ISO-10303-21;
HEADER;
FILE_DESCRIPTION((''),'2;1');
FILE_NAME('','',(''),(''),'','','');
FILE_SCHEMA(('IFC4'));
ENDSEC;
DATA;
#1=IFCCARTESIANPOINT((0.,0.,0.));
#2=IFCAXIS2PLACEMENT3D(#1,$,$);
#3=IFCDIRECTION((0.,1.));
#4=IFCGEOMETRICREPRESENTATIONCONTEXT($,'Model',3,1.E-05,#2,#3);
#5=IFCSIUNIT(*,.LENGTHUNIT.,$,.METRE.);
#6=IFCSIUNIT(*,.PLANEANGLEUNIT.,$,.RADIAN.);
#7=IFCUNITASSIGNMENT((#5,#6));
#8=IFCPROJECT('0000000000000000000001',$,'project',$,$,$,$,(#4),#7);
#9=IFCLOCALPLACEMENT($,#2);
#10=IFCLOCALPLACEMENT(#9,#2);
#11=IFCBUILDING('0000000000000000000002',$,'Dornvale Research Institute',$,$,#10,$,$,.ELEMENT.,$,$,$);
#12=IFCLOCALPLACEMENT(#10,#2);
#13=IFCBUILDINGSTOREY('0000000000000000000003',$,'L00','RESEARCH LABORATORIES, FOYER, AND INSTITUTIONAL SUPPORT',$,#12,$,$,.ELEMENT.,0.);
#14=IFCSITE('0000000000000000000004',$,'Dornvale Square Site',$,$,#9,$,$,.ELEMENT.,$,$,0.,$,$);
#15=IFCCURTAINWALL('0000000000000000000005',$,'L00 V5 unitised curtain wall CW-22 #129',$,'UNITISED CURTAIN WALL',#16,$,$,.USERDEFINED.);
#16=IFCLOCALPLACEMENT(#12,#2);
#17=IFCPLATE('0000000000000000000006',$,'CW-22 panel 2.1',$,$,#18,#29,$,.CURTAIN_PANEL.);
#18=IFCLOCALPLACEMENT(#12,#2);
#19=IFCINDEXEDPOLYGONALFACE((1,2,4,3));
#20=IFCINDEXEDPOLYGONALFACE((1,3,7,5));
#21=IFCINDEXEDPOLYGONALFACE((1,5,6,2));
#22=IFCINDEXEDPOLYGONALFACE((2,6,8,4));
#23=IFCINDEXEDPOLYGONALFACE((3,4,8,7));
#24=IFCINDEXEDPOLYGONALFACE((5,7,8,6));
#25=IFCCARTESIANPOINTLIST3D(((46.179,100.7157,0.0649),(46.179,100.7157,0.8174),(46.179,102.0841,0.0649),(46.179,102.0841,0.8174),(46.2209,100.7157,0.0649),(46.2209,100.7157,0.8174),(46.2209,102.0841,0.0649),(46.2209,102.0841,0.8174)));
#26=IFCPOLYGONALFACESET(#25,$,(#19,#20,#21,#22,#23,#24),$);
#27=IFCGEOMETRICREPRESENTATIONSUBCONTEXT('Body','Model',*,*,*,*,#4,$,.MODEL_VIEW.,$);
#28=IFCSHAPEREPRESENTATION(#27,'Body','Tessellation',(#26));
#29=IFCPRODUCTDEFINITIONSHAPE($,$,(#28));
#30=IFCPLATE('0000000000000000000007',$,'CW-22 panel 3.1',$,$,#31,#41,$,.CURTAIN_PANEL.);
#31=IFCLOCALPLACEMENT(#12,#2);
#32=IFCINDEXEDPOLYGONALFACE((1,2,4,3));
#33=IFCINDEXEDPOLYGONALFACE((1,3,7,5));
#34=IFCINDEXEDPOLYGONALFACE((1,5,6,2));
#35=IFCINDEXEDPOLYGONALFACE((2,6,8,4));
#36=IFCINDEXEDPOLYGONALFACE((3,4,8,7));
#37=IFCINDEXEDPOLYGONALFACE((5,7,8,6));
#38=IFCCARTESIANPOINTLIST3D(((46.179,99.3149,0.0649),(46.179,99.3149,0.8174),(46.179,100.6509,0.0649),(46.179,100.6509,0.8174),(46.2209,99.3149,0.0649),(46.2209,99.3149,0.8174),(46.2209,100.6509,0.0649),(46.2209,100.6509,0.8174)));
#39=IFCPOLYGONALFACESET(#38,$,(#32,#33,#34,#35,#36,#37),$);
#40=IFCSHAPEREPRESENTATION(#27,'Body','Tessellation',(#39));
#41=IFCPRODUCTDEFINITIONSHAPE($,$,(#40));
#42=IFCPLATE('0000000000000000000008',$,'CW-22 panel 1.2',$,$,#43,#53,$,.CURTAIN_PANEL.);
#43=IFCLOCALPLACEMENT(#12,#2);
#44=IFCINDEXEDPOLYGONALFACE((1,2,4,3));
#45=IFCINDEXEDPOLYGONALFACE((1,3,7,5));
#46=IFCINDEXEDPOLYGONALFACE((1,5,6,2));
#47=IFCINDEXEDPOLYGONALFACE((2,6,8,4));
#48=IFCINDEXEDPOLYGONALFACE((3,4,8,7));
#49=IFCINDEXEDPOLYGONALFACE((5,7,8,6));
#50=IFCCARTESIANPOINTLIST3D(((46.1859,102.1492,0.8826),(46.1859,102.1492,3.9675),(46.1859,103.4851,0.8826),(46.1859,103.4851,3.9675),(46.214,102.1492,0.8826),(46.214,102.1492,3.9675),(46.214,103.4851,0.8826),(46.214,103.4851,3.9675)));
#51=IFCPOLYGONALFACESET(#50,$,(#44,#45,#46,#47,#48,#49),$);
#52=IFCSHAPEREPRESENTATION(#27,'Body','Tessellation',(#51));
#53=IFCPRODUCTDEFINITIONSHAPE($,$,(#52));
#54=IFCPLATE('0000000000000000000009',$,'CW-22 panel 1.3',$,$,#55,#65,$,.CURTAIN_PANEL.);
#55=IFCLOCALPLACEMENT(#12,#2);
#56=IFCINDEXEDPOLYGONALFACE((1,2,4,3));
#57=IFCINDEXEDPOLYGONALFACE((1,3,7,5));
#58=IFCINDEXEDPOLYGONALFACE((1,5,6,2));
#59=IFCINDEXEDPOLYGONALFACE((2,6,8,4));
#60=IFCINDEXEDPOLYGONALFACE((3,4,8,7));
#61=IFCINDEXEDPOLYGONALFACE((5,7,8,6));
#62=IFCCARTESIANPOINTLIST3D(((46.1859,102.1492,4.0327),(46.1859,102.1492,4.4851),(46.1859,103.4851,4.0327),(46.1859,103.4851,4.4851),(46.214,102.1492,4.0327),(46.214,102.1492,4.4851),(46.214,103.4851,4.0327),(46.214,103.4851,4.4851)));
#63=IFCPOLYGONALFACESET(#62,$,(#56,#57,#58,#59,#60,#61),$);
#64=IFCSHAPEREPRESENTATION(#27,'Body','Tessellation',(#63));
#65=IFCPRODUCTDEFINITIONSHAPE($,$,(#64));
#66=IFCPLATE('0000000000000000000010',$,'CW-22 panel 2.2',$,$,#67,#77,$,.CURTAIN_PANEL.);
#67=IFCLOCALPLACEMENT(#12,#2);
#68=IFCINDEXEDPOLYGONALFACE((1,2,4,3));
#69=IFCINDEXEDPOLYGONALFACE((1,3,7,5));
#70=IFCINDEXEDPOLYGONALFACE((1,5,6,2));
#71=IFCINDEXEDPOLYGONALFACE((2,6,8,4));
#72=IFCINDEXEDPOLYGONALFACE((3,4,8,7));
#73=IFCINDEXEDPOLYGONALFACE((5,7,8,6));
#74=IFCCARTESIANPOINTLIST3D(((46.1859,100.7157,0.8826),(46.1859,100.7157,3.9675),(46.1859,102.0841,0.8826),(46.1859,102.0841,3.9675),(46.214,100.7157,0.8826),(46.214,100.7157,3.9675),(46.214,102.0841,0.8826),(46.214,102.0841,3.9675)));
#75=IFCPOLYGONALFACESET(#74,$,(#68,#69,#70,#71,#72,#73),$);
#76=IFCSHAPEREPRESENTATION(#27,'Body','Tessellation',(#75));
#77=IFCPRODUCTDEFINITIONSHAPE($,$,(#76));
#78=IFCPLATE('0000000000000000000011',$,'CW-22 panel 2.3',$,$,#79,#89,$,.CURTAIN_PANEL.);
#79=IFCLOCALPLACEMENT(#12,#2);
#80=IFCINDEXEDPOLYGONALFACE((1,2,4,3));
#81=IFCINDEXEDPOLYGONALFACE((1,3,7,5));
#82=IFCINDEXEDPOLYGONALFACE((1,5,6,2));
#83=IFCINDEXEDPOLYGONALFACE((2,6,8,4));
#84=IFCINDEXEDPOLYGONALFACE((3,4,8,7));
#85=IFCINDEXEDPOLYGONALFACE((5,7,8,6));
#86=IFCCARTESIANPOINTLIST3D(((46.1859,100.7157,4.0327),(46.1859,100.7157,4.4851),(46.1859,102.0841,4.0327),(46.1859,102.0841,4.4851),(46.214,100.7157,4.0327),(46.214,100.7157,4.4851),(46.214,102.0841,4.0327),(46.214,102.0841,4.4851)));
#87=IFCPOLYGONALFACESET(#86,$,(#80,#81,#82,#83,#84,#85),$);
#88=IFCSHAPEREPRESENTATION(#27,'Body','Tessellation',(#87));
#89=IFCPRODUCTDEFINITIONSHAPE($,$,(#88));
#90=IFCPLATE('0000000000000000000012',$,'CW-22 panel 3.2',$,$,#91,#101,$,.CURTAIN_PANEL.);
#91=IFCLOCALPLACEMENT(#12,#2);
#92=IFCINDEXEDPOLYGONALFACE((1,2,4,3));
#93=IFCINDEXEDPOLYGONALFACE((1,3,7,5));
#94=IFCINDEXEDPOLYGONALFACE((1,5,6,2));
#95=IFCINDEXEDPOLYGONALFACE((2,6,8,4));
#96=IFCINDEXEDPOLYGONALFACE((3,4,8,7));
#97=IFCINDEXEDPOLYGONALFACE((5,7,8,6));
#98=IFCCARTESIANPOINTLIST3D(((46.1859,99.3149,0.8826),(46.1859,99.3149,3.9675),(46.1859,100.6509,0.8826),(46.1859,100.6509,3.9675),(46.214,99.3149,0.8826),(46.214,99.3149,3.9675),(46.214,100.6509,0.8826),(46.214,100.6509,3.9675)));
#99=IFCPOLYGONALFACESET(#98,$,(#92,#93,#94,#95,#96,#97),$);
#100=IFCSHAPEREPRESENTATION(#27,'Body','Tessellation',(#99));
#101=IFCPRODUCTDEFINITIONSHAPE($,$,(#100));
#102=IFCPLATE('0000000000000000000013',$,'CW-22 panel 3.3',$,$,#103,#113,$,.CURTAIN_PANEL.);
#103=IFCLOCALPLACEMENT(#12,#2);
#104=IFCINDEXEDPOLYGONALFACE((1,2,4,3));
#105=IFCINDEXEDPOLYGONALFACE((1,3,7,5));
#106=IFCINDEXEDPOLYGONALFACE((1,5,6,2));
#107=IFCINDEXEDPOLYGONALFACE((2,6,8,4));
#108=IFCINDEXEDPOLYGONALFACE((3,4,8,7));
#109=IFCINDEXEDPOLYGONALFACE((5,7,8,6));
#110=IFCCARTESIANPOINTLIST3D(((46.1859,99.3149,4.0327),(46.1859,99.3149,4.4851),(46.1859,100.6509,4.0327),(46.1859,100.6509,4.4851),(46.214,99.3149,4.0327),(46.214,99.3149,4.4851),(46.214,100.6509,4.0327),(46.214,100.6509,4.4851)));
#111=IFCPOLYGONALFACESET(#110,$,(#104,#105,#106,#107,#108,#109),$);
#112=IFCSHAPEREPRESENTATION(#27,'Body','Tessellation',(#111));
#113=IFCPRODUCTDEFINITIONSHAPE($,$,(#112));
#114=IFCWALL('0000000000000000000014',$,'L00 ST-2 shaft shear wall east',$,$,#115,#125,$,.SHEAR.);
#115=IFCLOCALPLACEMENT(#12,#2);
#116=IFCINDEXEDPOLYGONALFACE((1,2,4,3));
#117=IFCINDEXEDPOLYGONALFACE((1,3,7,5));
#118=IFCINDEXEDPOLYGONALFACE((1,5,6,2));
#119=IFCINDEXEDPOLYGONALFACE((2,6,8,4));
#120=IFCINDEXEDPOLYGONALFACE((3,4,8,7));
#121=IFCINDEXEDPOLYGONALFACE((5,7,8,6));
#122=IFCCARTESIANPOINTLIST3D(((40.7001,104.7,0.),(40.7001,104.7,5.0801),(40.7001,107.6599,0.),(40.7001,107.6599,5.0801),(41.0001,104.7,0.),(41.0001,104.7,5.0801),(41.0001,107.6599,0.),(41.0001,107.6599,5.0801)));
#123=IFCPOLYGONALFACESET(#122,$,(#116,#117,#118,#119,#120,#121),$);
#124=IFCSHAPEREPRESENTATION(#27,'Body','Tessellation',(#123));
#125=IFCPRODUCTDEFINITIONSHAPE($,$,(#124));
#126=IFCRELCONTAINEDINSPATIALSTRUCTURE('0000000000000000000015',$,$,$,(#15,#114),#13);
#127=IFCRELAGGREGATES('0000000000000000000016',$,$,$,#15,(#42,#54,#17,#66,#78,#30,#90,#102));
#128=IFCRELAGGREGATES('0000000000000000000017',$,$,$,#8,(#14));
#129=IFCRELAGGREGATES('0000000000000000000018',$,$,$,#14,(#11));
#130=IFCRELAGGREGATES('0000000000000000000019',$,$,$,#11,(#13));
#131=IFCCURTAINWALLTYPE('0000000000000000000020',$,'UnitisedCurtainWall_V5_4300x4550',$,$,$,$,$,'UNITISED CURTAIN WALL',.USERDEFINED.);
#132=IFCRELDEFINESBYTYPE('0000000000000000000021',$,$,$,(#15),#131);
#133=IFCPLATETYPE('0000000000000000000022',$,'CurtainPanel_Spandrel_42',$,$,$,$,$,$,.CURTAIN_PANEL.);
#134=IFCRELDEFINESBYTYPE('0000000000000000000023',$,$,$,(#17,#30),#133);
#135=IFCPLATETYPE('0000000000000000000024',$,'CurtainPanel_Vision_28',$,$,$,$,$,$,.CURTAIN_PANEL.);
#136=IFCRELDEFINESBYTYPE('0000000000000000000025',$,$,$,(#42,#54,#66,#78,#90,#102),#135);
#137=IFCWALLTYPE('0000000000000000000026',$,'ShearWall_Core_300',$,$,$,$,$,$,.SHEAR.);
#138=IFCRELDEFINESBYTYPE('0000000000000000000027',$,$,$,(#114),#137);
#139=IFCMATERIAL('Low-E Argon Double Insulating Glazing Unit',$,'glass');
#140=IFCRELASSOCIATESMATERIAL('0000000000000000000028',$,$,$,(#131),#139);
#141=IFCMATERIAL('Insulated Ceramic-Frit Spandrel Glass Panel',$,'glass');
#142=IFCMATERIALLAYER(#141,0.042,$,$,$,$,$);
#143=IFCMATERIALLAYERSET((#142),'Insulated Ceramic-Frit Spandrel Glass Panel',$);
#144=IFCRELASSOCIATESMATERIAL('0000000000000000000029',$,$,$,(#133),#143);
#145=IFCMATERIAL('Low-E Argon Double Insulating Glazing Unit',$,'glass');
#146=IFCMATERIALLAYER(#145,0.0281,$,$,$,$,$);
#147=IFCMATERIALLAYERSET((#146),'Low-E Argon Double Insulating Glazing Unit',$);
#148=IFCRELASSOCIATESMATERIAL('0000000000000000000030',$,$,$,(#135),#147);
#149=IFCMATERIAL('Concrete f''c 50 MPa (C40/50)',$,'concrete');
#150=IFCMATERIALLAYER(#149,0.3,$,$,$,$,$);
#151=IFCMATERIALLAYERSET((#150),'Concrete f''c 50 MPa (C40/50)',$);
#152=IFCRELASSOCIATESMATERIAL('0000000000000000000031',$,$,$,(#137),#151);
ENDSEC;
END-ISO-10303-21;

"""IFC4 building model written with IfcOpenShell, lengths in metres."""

from ifc_helpers import new_model, si_unit, direction, frame, frame_2d, origin, origin_2d, place, context, subcontext, project, spatial, rectangle, extrude, material, layer, layer_set, type_object, element, aggregate, save


model = new_model("IFC4")

# Units and contexts
model_context = context("Model", 3, precision=1e-05, world=origin(), true_north=direction((0.0, 1.0)))
body_context = subcontext(model_context, "Body", "Model", "MODEL_VIEW")
ifc_project = project(units=[si_unit("LENGTHUNIT", "METRE"), si_unit("PLANEANGLEUNIT", "RADIAN")], contexts=[model_context])

# Site, building, storey
site_placement = place(None, origin())
site = spatial("IfcSite", under=ifc_project, at=site_placement, Name="Dornvale Square Site", CompositionType="ELEMENT", RefElevation=0.0)
building_placement = place(site_placement, origin())
building = spatial("IfcBuilding", under=site, at=building_placement, Name="Dornvale Research Institute", CompositionType="ELEMENT")
storey_placement = place(building_placement, origin())
storey = spatial("IfcBuildingStorey", under=building, at=storey_placement, Name="L00", Description="RESEARCH LABORATORIES, FOYER, AND INSTITUTIONAL SUPPORT", CompositionType="ELEMENT", Elevation=0.0)

# Curtain wall, plates
ifc_material_1 = material(Name="Low-E Argon Double Insulating Glazing Unit", Category="glass")
curtain_wall_type = type_object("IfcCurtainWallType", Name="UnitisedCurtainWall_V5_4300x4550", ElementType="UNITISED CURTAIN WALL", PredefinedType="USERDEFINED", material=ifc_material_1)
curtain_wall_placement = place(storey_placement, origin())
curtain_wall = element("IfcCurtainWall", 1, at=curtain_wall_placement, inside=storey, type_object=curtain_wall_type, Name="L00 V5 unitised curtain wall CW-22 #129", ObjectType="UNITISED CURTAIN WALL", PredefinedType="USERDEFINED")
ifc_material_2 = material(Name="Insulated Ceramic-Frit Spandrel Glass Panel", Category="glass")
ifc_layer_1 = layer(ifc_material_2, 0.042)
ifc_layer_set_1 = layer_set([ifc_layer_1], Name="Insulated Ceramic-Frit Spandrel Glass Panel")
plate_type_1 = type_object("IfcPlateType", Name="CurtainPanel_Spandrel_42", PredefinedType="CURTAIN_PANEL", material=ifc_layer_set_1)
plate_1_placement = place(storey_placement, frame((46.2, 101.3999, 0.0649), z_axis=(0.0, 0.0, 1.0), x_axis=(0.0, -1.0, 0.0)))
plate_1 = element("IfcPlate", 2, at=plate_1_placement, type_object=plate_type_1, Name="CW-22 panel 2.1", PredefinedType="CURTAIN_PANEL", context=body_context, shape_type="SweptSolid", body=[
    extrude(rectangle(XDim=1.3684, YDim=0.042, at=origin_2d()), origin(), (0.0, 0.0, 1.0), 0.7524),
])
plate_2_placement = place(storey_placement, frame((46.2, 99.9829, 0.0649), z_axis=(0.0, 0.0, 1.0), x_axis=(0.0, -1.0, 0.0)))
plate_2 = element("IfcPlate", 3, at=plate_2_placement, type_object=plate_type_1, Name="CW-22 panel 3.1", PredefinedType="CURTAIN_PANEL", context=body_context, shape_type="SweptSolid", body=[
    extrude(rectangle(XDim=1.3359, YDim=0.042, at=origin_2d()), origin(), (0.0, 0.0, 1.0), 0.7524),
])
ifc_material_3 = material(Name="Low-E Argon Double Insulating Glazing Unit", Category="glass")
ifc_layer_2 = layer(ifc_material_3, 0.0281)
ifc_layer_set_2 = layer_set([ifc_layer_2], Name="Low-E Argon Double Insulating Glazing Unit")
plate_type_2 = type_object("IfcPlateType", Name="CurtainPanel_Vision_28", PredefinedType="CURTAIN_PANEL", material=ifc_layer_set_2)
plate_3_placement = place(storey_placement, frame((46.2, 102.8171, 0.8826), z_axis=(0.0, 0.0, 1.0), x_axis=(0.0, -1.0, 0.0)))
plate_3 = element("IfcPlate", 4, at=plate_3_placement, type_object=plate_type_2, Name="CW-22 panel 1.2", PredefinedType="CURTAIN_PANEL", context=body_context, shape_type="SweptSolid", body=[
    extrude(rectangle(XDim=1.3359, YDim=0.0281, at=origin_2d()), origin(), (0.0, 0.0, 1.0), 3.085),
])
plate_4_placement = place(storey_placement, frame((46.2, 102.8171, 4.0327), z_axis=(0.0, 0.0, 1.0), x_axis=(0.0, -1.0, 0.0)))
plate_4 = element("IfcPlate", 5, at=plate_4_placement, type_object=plate_type_2, Name="CW-22 panel 1.3", PredefinedType="CURTAIN_PANEL", context=body_context, shape_type="SweptSolid", body=[
    extrude(rectangle(XDim=1.3359, YDim=0.0281, at=origin_2d()), origin(), (0.0, 0.0, 1.0), 0.4524),
])
plate_5_placement = place(storey_placement, frame((46.2, 101.3999, 0.8826), z_axis=(0.0, 0.0, 1.0), x_axis=(0.0, -1.0, 0.0)))
plate_5 = element("IfcPlate", 6, at=plate_5_placement, type_object=plate_type_2, Name="CW-22 panel 2.2", PredefinedType="CURTAIN_PANEL", context=body_context, shape_type="SweptSolid", body=[
    extrude(rectangle(XDim=1.3684, YDim=0.0281, at=origin_2d()), origin(), (0.0, 0.0, 1.0), 3.085),
])
plate_6_placement = place(storey_placement, frame((46.2, 101.3999, 4.0327), z_axis=(0.0, 0.0, 1.0), x_axis=(0.0, -1.0, 0.0)))
plate_6 = element("IfcPlate", 7, at=plate_6_placement, type_object=plate_type_2, Name="CW-22 panel 2.3", PredefinedType="CURTAIN_PANEL", context=body_context, shape_type="SweptSolid", body=[
    extrude(rectangle(XDim=1.3684, YDim=0.0281, at=origin_2d()), origin(), (0.0, 0.0, 1.0), 0.4524),
])
plate_7_placement = place(storey_placement, frame((46.2, 99.9829, 0.8826), z_axis=(0.0, 0.0, 1.0), x_axis=(0.0, -1.0, 0.0)))
plate_7 = element("IfcPlate", 8, at=plate_7_placement, type_object=plate_type_2, Name="CW-22 panel 3.2", PredefinedType="CURTAIN_PANEL", context=body_context, shape_type="SweptSolid", body=[
    extrude(rectangle(XDim=1.3359, YDim=0.0281, at=origin_2d()), origin(), (0.0, 0.0, 1.0), 3.085),
])
plate_8_placement = place(storey_placement, frame((46.2, 99.9829, 4.0327), z_axis=(0.0, 0.0, 1.0), x_axis=(0.0, -1.0, 0.0)))
plate_8 = element("IfcPlate", 9, at=plate_8_placement, type_object=plate_type_2, Name="CW-22 panel 3.3", PredefinedType="CURTAIN_PANEL", context=body_context, shape_type="SweptSolid", body=[
    extrude(rectangle(XDim=1.3359, YDim=0.0281, at=origin_2d()), origin(), (0.0, 0.0, 1.0), 0.4524),
])
aggregate(curtain_wall, [plate_3, plate_4, plate_1, plate_5, plate_6, plate_2, plate_7, plate_8])

# Wall
ifc_material_4 = material(Name="Concrete f'c 50 MPa (C40/50)", Category="concrete")
ifc_layer_3 = layer(ifc_material_4, 0.3)
ifc_layer_set_3 = layer_set([ifc_layer_3], Name="Concrete f'c 50 MPa (C40/50)")
wall_type = type_object("IfcWallType", Name="ShearWall_Core_300", PredefinedType="SHEAR", material=ifc_layer_set_3)
wall_placement = place(storey_placement, frame((40.8501, 104.7, 0.0), z_axis=(0.0, 0.0, 1.0), x_axis=(0.0, 1.0, 0.0)))
element("IfcWall", 10, at=wall_placement, inside=storey, type_object=wall_type, Name="L00 ST-2 shaft shear wall east", PredefinedType="SHEAR", context=body_context, shape_type="SweptSolid", body=[
    extrude(rectangle(XDim=2.96, YDim=0.3, at=frame_2d((1.48, 0.0))), origin(), (0.0, 0.0, 1.0), 5.0801),
])

save(model, "model.ifc")
